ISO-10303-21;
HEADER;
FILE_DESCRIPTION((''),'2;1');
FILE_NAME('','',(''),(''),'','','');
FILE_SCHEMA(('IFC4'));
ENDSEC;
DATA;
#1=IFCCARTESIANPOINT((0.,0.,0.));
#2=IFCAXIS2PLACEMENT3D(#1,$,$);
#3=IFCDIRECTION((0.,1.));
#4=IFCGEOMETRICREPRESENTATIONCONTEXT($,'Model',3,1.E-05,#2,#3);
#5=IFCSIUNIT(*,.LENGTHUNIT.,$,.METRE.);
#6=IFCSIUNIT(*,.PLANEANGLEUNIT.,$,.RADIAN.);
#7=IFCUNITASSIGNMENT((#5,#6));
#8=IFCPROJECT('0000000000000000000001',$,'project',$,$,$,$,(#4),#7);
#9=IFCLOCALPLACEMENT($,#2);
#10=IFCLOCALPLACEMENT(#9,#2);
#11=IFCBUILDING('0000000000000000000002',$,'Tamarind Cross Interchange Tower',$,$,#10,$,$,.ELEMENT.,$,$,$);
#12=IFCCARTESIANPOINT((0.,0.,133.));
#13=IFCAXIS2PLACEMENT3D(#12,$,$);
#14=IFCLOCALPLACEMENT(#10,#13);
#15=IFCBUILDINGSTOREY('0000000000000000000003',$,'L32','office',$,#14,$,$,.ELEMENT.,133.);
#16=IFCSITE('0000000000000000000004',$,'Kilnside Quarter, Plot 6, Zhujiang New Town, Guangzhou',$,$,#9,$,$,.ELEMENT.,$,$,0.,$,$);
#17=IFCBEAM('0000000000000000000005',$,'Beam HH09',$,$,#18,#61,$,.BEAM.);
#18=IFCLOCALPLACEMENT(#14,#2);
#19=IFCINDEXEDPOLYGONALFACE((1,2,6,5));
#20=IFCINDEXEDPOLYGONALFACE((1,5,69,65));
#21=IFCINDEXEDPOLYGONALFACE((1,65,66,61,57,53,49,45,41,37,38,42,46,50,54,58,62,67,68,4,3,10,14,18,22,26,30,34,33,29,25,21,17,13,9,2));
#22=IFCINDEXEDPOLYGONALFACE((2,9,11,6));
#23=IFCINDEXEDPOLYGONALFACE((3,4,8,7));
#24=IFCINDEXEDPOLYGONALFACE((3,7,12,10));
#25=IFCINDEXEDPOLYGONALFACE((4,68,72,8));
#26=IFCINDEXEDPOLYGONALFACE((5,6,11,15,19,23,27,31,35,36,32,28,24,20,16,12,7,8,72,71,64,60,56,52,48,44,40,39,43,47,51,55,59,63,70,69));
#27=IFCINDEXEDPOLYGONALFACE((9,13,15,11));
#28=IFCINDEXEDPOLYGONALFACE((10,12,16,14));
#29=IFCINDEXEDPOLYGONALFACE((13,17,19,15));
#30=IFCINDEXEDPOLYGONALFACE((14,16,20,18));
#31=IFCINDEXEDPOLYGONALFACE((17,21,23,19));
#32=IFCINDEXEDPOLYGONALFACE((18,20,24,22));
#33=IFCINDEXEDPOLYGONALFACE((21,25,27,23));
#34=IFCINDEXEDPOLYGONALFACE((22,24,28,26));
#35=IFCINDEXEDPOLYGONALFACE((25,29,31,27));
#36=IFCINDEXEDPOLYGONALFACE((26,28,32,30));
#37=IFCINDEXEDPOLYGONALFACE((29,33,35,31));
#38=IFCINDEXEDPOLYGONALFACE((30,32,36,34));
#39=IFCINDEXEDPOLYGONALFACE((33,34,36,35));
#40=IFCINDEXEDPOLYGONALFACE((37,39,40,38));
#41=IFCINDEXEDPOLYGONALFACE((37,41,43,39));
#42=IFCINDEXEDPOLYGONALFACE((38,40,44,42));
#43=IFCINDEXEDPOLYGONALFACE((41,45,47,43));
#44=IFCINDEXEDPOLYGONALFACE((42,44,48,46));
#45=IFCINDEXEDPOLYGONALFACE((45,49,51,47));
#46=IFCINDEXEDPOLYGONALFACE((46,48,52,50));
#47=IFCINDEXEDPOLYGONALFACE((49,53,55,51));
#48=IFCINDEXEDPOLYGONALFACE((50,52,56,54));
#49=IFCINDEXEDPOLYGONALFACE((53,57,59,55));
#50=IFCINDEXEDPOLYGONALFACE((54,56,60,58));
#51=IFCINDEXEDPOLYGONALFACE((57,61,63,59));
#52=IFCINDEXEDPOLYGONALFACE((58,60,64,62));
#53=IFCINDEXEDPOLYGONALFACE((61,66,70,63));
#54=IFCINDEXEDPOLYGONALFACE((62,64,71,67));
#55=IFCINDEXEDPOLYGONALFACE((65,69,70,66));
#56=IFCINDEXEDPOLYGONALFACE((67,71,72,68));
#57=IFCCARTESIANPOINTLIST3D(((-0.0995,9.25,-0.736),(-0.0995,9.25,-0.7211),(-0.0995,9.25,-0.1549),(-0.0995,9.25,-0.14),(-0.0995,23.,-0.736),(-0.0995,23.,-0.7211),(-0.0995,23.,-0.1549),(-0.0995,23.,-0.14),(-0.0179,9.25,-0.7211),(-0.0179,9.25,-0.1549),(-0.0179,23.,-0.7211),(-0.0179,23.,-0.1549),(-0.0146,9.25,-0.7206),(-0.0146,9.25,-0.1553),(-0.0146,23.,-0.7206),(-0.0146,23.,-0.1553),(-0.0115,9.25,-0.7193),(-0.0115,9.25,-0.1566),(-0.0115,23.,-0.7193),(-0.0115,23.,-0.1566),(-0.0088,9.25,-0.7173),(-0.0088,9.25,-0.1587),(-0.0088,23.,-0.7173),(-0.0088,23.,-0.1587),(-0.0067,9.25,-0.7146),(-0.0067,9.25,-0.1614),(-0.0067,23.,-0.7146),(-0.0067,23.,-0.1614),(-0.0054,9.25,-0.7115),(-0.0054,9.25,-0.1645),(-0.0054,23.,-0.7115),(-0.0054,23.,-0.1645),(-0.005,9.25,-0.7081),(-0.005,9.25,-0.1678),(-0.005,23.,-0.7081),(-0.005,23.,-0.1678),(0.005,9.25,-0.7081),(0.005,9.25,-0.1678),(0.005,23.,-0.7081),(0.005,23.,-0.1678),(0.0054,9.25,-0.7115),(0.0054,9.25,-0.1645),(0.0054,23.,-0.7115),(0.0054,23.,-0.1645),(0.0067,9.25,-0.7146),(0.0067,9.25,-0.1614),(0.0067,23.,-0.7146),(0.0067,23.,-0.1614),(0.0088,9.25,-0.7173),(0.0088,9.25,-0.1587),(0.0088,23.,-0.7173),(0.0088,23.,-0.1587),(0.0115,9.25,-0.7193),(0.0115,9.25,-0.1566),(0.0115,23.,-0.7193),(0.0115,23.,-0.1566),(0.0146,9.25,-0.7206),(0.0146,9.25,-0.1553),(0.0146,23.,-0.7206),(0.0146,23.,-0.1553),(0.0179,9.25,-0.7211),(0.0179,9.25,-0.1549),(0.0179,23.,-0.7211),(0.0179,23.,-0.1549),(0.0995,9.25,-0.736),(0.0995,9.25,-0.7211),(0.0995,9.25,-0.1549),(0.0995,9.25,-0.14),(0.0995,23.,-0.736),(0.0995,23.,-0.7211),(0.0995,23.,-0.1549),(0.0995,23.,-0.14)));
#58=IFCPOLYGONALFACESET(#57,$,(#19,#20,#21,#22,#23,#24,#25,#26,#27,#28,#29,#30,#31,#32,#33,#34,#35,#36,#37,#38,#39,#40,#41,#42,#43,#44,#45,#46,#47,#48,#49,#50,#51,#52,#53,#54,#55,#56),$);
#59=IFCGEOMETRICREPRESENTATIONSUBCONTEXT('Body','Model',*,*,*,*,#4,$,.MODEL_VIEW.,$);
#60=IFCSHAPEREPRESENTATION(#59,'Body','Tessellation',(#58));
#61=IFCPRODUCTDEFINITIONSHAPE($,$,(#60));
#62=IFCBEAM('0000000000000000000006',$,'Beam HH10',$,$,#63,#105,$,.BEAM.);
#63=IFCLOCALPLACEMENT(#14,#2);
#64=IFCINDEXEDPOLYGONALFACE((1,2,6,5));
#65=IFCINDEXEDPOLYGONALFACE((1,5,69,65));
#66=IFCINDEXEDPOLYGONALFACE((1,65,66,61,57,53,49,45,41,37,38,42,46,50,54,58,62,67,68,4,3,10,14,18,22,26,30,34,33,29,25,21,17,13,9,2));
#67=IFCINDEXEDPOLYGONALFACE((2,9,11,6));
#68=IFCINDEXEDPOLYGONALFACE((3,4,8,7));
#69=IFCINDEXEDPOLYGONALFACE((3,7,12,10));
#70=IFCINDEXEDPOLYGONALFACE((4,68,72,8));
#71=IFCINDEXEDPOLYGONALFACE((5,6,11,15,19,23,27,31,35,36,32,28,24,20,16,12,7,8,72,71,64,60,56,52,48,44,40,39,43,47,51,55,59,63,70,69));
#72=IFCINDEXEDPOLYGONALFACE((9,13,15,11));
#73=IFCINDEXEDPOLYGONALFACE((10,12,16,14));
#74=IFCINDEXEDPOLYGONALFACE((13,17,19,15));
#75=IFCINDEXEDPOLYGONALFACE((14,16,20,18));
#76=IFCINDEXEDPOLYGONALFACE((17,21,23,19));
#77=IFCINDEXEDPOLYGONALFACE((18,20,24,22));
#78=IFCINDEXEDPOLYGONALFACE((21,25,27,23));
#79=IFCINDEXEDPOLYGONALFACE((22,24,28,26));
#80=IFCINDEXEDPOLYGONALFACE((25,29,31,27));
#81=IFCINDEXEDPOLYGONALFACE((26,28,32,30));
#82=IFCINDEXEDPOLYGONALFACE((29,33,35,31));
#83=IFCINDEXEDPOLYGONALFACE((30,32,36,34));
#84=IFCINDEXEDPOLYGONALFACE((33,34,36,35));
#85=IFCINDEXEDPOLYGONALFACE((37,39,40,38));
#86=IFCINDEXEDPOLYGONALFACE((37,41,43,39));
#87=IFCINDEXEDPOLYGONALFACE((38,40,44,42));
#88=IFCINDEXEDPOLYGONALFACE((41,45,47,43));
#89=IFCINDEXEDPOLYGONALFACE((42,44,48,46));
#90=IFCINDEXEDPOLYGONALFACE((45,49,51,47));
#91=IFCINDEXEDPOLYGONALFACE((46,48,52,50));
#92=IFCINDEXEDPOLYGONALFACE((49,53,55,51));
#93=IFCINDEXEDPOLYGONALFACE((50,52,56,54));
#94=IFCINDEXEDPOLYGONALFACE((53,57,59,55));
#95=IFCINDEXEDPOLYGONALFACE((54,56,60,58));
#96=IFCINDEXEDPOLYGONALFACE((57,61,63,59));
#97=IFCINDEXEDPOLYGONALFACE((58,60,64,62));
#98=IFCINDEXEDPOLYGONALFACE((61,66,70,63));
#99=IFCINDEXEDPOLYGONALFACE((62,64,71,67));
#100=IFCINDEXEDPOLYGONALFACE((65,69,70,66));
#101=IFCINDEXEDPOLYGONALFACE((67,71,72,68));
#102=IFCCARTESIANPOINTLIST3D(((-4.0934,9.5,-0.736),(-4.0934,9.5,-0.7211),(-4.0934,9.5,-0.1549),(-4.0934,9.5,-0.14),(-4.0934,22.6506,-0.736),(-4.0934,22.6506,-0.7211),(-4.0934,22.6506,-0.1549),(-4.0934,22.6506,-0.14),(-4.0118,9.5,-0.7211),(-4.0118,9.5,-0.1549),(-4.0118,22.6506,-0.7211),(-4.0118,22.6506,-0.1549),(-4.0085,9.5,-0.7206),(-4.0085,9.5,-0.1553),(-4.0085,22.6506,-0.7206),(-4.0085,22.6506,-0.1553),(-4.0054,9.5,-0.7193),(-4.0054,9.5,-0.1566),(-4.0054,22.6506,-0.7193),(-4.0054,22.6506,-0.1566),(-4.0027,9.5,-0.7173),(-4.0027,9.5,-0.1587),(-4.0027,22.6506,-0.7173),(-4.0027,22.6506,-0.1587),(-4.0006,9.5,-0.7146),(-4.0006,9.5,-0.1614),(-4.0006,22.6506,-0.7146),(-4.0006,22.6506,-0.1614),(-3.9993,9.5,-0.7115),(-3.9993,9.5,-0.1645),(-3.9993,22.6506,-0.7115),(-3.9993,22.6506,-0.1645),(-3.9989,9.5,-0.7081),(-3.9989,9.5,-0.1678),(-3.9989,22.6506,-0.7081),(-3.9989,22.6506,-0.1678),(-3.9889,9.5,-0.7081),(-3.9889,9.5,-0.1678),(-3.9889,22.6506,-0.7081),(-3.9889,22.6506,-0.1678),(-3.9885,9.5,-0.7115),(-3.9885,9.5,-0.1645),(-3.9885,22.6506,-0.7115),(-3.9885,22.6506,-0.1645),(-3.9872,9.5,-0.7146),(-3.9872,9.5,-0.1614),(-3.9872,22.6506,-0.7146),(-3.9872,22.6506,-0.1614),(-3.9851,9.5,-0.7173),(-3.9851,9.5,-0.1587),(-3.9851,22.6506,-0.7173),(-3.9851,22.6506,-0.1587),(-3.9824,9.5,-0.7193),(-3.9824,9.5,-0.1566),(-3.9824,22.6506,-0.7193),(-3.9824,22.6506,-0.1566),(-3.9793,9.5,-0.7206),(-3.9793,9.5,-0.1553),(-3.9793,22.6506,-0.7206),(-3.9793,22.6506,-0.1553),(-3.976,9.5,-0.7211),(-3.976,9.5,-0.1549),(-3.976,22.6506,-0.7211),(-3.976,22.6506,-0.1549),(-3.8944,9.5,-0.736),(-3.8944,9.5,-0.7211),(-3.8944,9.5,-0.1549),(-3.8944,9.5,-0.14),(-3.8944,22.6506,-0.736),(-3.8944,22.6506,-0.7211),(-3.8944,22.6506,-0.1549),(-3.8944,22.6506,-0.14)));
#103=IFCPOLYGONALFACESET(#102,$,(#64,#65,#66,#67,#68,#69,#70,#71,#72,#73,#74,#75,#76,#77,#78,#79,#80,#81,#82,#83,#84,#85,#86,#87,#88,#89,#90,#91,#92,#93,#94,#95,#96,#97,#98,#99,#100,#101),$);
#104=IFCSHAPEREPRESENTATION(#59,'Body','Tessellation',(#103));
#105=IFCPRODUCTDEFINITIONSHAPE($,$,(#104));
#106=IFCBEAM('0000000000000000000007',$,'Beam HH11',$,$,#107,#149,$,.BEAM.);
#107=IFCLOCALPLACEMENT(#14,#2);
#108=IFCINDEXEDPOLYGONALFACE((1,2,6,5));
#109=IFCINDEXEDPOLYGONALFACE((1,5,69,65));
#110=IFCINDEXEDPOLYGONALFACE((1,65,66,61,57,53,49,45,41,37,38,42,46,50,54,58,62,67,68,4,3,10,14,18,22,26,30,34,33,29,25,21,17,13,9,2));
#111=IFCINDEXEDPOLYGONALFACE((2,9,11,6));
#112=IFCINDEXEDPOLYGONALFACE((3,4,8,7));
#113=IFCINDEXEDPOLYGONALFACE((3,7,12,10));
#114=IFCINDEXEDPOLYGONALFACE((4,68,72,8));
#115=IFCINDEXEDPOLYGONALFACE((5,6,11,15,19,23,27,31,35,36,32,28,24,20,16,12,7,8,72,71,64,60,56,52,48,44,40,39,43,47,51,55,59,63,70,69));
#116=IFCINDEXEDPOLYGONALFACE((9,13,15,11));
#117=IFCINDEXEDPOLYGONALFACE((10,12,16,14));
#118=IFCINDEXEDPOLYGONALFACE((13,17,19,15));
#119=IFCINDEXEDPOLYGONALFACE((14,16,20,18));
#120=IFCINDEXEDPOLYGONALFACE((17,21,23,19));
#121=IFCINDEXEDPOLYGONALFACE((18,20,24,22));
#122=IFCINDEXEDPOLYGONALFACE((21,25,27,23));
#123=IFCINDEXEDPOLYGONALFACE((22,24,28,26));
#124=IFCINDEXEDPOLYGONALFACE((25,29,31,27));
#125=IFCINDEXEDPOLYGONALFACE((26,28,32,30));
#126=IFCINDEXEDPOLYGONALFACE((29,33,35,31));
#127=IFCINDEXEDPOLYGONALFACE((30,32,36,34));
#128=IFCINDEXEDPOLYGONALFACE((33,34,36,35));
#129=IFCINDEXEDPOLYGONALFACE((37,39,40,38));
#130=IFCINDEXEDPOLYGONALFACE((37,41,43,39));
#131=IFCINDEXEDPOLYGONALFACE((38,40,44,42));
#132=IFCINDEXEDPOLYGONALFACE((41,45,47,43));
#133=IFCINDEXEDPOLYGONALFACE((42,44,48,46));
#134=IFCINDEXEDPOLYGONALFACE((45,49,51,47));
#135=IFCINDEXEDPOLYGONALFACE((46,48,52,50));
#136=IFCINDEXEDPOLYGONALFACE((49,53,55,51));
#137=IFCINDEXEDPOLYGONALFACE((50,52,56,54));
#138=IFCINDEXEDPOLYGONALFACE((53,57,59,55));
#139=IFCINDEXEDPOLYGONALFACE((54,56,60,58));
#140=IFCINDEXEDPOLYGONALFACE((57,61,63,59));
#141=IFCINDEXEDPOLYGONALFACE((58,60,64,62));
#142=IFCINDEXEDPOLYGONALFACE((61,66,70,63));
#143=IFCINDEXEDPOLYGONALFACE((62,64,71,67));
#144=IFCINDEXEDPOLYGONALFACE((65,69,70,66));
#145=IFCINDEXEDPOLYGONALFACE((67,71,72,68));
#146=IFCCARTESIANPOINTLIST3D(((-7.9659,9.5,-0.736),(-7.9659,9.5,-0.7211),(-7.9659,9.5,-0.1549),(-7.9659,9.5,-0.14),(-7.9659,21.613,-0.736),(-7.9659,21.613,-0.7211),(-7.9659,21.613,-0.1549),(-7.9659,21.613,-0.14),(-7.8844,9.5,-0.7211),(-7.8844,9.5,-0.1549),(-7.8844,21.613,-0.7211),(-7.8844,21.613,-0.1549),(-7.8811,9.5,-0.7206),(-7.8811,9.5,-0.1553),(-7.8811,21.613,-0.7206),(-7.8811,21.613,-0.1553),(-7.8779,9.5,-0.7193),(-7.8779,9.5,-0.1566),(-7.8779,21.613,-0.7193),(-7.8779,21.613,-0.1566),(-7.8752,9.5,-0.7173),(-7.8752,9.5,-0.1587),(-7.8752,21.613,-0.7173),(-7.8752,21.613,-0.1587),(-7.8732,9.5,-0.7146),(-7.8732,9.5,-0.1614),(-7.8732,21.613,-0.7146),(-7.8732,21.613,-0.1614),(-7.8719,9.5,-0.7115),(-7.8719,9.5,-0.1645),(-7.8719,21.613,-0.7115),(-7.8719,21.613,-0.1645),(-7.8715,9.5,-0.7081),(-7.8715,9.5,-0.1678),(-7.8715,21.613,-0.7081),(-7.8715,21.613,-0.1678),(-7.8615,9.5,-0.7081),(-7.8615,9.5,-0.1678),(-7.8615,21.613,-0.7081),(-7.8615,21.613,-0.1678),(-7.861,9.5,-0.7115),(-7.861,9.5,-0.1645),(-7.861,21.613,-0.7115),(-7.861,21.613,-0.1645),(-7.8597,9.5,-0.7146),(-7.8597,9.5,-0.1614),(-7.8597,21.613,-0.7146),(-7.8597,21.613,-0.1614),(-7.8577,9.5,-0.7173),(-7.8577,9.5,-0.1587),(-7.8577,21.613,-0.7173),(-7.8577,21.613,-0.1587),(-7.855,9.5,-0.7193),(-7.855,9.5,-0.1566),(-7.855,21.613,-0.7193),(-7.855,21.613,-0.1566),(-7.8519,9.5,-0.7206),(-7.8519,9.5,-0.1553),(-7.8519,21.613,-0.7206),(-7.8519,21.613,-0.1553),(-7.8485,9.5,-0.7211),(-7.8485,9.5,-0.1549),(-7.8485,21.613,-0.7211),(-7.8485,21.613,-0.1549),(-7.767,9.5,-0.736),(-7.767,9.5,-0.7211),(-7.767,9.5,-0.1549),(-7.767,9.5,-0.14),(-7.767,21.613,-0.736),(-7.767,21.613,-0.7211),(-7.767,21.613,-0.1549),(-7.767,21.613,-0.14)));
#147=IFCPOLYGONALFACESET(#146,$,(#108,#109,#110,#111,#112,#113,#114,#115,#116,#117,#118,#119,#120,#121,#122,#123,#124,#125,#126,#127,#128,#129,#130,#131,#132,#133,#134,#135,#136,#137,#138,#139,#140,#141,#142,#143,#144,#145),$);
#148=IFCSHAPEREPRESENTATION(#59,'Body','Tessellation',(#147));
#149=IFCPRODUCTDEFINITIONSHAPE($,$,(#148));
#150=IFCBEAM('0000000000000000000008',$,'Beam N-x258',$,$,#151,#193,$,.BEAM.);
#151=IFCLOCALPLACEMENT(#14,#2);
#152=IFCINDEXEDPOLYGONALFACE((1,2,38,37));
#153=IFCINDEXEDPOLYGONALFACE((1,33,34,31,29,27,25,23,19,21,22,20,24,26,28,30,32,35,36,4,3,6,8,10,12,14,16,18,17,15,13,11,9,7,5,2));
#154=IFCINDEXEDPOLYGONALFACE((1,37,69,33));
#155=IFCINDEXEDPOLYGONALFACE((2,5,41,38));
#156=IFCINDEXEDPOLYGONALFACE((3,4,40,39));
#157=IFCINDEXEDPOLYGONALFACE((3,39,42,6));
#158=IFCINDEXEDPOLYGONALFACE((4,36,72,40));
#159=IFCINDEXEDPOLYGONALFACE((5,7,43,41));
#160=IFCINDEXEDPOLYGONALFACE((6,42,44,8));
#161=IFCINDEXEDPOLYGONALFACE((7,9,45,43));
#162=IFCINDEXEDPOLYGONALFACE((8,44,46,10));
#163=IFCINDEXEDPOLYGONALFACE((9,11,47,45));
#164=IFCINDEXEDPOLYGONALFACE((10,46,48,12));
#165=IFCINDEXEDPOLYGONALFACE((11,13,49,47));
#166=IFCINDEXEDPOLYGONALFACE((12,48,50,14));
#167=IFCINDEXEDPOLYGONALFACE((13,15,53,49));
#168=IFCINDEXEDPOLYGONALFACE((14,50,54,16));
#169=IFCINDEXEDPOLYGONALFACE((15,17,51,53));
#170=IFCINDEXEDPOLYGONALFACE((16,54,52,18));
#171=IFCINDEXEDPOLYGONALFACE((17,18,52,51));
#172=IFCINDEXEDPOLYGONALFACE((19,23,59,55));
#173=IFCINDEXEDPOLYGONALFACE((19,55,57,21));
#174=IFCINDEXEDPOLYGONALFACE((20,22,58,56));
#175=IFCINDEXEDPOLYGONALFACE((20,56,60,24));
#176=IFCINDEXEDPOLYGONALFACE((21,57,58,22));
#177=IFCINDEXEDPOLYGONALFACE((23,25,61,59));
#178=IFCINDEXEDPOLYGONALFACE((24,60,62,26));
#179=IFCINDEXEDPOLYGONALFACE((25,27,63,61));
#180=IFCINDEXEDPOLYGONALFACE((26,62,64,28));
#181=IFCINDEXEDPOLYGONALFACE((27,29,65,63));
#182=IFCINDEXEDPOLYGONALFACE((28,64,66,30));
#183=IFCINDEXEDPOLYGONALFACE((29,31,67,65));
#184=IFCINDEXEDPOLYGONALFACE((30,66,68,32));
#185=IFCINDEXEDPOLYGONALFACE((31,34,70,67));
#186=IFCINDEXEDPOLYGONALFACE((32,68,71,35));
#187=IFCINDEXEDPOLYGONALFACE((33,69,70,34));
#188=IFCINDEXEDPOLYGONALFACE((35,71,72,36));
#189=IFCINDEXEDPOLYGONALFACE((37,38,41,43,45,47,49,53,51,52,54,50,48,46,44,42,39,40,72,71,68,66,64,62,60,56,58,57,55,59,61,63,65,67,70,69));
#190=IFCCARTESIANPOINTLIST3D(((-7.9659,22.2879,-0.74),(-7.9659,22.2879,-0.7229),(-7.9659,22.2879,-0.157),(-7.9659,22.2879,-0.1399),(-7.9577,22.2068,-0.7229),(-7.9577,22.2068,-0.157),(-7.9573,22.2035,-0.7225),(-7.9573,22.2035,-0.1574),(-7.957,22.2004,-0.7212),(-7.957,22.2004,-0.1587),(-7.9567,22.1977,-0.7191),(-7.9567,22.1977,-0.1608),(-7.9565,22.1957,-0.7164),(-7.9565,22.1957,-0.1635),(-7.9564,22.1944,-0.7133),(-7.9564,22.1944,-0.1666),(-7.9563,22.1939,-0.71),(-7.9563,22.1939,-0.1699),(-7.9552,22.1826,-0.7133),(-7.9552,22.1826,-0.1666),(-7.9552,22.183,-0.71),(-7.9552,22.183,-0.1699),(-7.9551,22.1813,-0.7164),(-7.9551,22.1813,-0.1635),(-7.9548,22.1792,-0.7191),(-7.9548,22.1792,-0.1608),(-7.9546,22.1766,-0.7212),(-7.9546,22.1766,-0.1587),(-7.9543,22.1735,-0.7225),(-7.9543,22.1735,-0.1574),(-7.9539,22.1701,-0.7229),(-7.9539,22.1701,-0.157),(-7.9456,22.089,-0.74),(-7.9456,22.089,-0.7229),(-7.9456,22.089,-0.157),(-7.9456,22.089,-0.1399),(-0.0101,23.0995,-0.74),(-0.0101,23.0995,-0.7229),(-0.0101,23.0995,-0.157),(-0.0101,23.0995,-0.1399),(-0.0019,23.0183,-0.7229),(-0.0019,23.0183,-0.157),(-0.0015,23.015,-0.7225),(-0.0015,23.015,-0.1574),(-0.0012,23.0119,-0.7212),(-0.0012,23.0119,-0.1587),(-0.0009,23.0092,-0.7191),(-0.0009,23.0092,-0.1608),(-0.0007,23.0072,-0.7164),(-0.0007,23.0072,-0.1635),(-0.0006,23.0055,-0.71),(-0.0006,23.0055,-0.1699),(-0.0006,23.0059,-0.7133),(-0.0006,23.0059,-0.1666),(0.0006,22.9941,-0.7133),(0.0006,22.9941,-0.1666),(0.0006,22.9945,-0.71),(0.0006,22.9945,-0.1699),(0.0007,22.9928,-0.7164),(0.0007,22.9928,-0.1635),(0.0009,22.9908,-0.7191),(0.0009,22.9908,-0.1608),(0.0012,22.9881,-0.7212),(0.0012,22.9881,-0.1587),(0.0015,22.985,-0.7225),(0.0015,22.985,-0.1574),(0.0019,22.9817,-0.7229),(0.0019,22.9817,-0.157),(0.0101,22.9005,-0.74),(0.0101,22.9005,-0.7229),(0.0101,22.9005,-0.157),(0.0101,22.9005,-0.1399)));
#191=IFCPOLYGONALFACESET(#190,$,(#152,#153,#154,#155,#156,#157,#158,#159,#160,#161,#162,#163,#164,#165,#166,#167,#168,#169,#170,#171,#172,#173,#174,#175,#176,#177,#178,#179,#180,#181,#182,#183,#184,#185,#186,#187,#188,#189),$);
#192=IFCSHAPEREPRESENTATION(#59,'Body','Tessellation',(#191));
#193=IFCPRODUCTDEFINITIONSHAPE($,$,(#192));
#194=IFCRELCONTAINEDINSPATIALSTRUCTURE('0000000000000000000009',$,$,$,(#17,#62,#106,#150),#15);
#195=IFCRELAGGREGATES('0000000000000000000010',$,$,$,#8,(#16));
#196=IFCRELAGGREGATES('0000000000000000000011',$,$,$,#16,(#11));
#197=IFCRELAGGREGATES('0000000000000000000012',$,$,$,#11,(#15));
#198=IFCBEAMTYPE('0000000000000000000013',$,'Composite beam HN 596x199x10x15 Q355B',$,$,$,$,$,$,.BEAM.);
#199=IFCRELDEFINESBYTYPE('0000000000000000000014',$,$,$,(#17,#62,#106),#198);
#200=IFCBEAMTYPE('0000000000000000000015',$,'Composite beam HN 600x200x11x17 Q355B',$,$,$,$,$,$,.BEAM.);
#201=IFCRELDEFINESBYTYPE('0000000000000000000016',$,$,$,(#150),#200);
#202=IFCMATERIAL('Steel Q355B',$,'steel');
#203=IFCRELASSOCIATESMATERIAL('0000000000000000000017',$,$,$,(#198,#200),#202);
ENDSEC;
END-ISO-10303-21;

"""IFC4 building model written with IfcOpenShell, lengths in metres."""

from ifc_helpers import new_model, si_unit, direction, frame, origin, origin_2d, place, context, subcontext, project, spatial, i_section, extrude, material, material_profile, profile_set, type_object, element, save


model = new_model("IFC4")

# Units and contexts
model_context = context("Model", 3, precision=1e-05, world=origin(), true_north=direction((0.0, 1.0)))
body_context = subcontext(model_context, "Body", "Model", "MODEL_VIEW")
ifc_project = project(units=[si_unit("LENGTHUNIT", "METRE"), si_unit("PLANEANGLEUNIT", "RADIAN")], contexts=[model_context])

# Site, building, storey
site_placement = place(None, origin())
site = spatial("IfcSite", under=ifc_project, at=site_placement, Name="Kilnside Quarter, Plot 6, Zhujiang New Town, Guangzhou", CompositionType="ELEMENT", RefElevation=0.0)
building_placement = place(site_placement, origin())
building = spatial("IfcBuilding", under=site, at=building_placement, Name="Tamarind Cross Interchange Tower", CompositionType="ELEMENT")
storey_placement = place(building_placement, frame((0.0, 0.0, 133.0)))
storey = spatial("IfcBuildingStorey", under=building, at=storey_placement, Name="L32", Description="office", CompositionType="ELEMENT", Elevation=133.0)

# Beams
ifc_material_1 = material(Name="Steel Q355B", Category="steel")
ifc_material_profile_1 = material_profile(ifc_material_1, i_section(OverallWidth=0.199, OverallDepth=0.5959, WebThickness=0.01, FlangeThickness=0.0149, FilletRadius=0.0129, at=origin_2d()), Name="HN 596x199x10x15")
ifc_profile_set_1 = profile_set([ifc_material_profile_1], Name="Steel Q355B")
beam_type_1 = type_object("IfcBeamType", Name="Composite beam HN 596x199x10x15 Q355B", PredefinedType="BEAM", material=ifc_profile_set_1)
beam_1_placement = place(storey_placement, frame((0.0, 23.0, -0.438), z_axis=(0.0, -1.0, 0.0), x_axis=(1.0, 0.0, 0.0)))
element("IfcBeam", 1, at=beam_1_placement, inside=storey, type_object=beam_type_1, Name="Beam HH09", PredefinedType="BEAM", context=body_context, shape_type="SweptSolid", body=[
    extrude(i_section(OverallWidth=0.199, OverallDepth=0.5959, WebThickness=0.01, FlangeThickness=0.0149, FilletRadius=0.0129, at=origin_2d()), origin(), (0.0, 0.0, 1.0), 13.75),
])
beam_2_placement = place(storey_placement, frame((-3.9939, 22.6506, -0.438), z_axis=(0.0, -1.0, 0.0), x_axis=(1.0, 0.0, 0.0)))
element("IfcBeam", 2, at=beam_2_placement, inside=storey, type_object=beam_type_1, Name="Beam HH10", PredefinedType="BEAM", context=body_context, shape_type="SweptSolid", body=[
    extrude(i_section(OverallWidth=0.199, OverallDepth=0.5959, WebThickness=0.01, FlangeThickness=0.0149, FilletRadius=0.0129, at=origin_2d()), origin(), (0.0, 0.0, 1.0), 13.1506),
])
beam_3_placement = place(storey_placement, frame((-7.8665, 21.613, -0.438), z_axis=(0.0, -1.0, 0.0), x_axis=(1.0, 0.0, 0.0)))
element("IfcBeam", 3, at=beam_3_placement, inside=storey, type_object=beam_type_1, Name="Beam HH11", PredefinedType="BEAM", context=body_context, shape_type="SweptSolid", body=[
    extrude(i_section(OverallWidth=0.199, OverallDepth=0.5959, WebThickness=0.01, FlangeThickness=0.0149, FilletRadius=0.0129, at=origin_2d()), origin(), (0.0, 0.0, 1.0), 12.113),
])
ifc_material_profile_2 = material_profile(ifc_material_1, i_section(OverallWidth=0.2, OverallDepth=0.6001, WebThickness=0.011, FlangeThickness=0.0171, FilletRadius=0.0129, at=origin_2d()), Name="HN 600x200x11x17")
ifc_profile_set_2 = profile_set([ifc_material_profile_2], Name="Steel Q355B")
beam_type_2 = type_object("IfcBeamType", Name="Composite beam HN 600x200x11x17 Q355B", PredefinedType="BEAM", material=ifc_profile_set_2)
beam_4_placement = place(storey_placement, frame((0.0, 23.0, -0.4399), z_axis=(-0.994838, -0.101477, 0.0), x_axis=(0.101477, -0.994838, 0.0)))
element("IfcBeam", 4, at=beam_4_placement, inside=storey, type_object=beam_type_2, Name="Beam N-x258", PredefinedType="BEAM", context=body_context, shape_type="SweptSolid", body=[
    extrude(i_section(OverallWidth=0.2, OverallDepth=0.6001, WebThickness=0.011, FlangeThickness=0.0171, FilletRadius=0.0129, at=origin_2d()), origin(), (0.0, 0.0, 1.0), 7.9971),
])

save(model, "model.ifc")
